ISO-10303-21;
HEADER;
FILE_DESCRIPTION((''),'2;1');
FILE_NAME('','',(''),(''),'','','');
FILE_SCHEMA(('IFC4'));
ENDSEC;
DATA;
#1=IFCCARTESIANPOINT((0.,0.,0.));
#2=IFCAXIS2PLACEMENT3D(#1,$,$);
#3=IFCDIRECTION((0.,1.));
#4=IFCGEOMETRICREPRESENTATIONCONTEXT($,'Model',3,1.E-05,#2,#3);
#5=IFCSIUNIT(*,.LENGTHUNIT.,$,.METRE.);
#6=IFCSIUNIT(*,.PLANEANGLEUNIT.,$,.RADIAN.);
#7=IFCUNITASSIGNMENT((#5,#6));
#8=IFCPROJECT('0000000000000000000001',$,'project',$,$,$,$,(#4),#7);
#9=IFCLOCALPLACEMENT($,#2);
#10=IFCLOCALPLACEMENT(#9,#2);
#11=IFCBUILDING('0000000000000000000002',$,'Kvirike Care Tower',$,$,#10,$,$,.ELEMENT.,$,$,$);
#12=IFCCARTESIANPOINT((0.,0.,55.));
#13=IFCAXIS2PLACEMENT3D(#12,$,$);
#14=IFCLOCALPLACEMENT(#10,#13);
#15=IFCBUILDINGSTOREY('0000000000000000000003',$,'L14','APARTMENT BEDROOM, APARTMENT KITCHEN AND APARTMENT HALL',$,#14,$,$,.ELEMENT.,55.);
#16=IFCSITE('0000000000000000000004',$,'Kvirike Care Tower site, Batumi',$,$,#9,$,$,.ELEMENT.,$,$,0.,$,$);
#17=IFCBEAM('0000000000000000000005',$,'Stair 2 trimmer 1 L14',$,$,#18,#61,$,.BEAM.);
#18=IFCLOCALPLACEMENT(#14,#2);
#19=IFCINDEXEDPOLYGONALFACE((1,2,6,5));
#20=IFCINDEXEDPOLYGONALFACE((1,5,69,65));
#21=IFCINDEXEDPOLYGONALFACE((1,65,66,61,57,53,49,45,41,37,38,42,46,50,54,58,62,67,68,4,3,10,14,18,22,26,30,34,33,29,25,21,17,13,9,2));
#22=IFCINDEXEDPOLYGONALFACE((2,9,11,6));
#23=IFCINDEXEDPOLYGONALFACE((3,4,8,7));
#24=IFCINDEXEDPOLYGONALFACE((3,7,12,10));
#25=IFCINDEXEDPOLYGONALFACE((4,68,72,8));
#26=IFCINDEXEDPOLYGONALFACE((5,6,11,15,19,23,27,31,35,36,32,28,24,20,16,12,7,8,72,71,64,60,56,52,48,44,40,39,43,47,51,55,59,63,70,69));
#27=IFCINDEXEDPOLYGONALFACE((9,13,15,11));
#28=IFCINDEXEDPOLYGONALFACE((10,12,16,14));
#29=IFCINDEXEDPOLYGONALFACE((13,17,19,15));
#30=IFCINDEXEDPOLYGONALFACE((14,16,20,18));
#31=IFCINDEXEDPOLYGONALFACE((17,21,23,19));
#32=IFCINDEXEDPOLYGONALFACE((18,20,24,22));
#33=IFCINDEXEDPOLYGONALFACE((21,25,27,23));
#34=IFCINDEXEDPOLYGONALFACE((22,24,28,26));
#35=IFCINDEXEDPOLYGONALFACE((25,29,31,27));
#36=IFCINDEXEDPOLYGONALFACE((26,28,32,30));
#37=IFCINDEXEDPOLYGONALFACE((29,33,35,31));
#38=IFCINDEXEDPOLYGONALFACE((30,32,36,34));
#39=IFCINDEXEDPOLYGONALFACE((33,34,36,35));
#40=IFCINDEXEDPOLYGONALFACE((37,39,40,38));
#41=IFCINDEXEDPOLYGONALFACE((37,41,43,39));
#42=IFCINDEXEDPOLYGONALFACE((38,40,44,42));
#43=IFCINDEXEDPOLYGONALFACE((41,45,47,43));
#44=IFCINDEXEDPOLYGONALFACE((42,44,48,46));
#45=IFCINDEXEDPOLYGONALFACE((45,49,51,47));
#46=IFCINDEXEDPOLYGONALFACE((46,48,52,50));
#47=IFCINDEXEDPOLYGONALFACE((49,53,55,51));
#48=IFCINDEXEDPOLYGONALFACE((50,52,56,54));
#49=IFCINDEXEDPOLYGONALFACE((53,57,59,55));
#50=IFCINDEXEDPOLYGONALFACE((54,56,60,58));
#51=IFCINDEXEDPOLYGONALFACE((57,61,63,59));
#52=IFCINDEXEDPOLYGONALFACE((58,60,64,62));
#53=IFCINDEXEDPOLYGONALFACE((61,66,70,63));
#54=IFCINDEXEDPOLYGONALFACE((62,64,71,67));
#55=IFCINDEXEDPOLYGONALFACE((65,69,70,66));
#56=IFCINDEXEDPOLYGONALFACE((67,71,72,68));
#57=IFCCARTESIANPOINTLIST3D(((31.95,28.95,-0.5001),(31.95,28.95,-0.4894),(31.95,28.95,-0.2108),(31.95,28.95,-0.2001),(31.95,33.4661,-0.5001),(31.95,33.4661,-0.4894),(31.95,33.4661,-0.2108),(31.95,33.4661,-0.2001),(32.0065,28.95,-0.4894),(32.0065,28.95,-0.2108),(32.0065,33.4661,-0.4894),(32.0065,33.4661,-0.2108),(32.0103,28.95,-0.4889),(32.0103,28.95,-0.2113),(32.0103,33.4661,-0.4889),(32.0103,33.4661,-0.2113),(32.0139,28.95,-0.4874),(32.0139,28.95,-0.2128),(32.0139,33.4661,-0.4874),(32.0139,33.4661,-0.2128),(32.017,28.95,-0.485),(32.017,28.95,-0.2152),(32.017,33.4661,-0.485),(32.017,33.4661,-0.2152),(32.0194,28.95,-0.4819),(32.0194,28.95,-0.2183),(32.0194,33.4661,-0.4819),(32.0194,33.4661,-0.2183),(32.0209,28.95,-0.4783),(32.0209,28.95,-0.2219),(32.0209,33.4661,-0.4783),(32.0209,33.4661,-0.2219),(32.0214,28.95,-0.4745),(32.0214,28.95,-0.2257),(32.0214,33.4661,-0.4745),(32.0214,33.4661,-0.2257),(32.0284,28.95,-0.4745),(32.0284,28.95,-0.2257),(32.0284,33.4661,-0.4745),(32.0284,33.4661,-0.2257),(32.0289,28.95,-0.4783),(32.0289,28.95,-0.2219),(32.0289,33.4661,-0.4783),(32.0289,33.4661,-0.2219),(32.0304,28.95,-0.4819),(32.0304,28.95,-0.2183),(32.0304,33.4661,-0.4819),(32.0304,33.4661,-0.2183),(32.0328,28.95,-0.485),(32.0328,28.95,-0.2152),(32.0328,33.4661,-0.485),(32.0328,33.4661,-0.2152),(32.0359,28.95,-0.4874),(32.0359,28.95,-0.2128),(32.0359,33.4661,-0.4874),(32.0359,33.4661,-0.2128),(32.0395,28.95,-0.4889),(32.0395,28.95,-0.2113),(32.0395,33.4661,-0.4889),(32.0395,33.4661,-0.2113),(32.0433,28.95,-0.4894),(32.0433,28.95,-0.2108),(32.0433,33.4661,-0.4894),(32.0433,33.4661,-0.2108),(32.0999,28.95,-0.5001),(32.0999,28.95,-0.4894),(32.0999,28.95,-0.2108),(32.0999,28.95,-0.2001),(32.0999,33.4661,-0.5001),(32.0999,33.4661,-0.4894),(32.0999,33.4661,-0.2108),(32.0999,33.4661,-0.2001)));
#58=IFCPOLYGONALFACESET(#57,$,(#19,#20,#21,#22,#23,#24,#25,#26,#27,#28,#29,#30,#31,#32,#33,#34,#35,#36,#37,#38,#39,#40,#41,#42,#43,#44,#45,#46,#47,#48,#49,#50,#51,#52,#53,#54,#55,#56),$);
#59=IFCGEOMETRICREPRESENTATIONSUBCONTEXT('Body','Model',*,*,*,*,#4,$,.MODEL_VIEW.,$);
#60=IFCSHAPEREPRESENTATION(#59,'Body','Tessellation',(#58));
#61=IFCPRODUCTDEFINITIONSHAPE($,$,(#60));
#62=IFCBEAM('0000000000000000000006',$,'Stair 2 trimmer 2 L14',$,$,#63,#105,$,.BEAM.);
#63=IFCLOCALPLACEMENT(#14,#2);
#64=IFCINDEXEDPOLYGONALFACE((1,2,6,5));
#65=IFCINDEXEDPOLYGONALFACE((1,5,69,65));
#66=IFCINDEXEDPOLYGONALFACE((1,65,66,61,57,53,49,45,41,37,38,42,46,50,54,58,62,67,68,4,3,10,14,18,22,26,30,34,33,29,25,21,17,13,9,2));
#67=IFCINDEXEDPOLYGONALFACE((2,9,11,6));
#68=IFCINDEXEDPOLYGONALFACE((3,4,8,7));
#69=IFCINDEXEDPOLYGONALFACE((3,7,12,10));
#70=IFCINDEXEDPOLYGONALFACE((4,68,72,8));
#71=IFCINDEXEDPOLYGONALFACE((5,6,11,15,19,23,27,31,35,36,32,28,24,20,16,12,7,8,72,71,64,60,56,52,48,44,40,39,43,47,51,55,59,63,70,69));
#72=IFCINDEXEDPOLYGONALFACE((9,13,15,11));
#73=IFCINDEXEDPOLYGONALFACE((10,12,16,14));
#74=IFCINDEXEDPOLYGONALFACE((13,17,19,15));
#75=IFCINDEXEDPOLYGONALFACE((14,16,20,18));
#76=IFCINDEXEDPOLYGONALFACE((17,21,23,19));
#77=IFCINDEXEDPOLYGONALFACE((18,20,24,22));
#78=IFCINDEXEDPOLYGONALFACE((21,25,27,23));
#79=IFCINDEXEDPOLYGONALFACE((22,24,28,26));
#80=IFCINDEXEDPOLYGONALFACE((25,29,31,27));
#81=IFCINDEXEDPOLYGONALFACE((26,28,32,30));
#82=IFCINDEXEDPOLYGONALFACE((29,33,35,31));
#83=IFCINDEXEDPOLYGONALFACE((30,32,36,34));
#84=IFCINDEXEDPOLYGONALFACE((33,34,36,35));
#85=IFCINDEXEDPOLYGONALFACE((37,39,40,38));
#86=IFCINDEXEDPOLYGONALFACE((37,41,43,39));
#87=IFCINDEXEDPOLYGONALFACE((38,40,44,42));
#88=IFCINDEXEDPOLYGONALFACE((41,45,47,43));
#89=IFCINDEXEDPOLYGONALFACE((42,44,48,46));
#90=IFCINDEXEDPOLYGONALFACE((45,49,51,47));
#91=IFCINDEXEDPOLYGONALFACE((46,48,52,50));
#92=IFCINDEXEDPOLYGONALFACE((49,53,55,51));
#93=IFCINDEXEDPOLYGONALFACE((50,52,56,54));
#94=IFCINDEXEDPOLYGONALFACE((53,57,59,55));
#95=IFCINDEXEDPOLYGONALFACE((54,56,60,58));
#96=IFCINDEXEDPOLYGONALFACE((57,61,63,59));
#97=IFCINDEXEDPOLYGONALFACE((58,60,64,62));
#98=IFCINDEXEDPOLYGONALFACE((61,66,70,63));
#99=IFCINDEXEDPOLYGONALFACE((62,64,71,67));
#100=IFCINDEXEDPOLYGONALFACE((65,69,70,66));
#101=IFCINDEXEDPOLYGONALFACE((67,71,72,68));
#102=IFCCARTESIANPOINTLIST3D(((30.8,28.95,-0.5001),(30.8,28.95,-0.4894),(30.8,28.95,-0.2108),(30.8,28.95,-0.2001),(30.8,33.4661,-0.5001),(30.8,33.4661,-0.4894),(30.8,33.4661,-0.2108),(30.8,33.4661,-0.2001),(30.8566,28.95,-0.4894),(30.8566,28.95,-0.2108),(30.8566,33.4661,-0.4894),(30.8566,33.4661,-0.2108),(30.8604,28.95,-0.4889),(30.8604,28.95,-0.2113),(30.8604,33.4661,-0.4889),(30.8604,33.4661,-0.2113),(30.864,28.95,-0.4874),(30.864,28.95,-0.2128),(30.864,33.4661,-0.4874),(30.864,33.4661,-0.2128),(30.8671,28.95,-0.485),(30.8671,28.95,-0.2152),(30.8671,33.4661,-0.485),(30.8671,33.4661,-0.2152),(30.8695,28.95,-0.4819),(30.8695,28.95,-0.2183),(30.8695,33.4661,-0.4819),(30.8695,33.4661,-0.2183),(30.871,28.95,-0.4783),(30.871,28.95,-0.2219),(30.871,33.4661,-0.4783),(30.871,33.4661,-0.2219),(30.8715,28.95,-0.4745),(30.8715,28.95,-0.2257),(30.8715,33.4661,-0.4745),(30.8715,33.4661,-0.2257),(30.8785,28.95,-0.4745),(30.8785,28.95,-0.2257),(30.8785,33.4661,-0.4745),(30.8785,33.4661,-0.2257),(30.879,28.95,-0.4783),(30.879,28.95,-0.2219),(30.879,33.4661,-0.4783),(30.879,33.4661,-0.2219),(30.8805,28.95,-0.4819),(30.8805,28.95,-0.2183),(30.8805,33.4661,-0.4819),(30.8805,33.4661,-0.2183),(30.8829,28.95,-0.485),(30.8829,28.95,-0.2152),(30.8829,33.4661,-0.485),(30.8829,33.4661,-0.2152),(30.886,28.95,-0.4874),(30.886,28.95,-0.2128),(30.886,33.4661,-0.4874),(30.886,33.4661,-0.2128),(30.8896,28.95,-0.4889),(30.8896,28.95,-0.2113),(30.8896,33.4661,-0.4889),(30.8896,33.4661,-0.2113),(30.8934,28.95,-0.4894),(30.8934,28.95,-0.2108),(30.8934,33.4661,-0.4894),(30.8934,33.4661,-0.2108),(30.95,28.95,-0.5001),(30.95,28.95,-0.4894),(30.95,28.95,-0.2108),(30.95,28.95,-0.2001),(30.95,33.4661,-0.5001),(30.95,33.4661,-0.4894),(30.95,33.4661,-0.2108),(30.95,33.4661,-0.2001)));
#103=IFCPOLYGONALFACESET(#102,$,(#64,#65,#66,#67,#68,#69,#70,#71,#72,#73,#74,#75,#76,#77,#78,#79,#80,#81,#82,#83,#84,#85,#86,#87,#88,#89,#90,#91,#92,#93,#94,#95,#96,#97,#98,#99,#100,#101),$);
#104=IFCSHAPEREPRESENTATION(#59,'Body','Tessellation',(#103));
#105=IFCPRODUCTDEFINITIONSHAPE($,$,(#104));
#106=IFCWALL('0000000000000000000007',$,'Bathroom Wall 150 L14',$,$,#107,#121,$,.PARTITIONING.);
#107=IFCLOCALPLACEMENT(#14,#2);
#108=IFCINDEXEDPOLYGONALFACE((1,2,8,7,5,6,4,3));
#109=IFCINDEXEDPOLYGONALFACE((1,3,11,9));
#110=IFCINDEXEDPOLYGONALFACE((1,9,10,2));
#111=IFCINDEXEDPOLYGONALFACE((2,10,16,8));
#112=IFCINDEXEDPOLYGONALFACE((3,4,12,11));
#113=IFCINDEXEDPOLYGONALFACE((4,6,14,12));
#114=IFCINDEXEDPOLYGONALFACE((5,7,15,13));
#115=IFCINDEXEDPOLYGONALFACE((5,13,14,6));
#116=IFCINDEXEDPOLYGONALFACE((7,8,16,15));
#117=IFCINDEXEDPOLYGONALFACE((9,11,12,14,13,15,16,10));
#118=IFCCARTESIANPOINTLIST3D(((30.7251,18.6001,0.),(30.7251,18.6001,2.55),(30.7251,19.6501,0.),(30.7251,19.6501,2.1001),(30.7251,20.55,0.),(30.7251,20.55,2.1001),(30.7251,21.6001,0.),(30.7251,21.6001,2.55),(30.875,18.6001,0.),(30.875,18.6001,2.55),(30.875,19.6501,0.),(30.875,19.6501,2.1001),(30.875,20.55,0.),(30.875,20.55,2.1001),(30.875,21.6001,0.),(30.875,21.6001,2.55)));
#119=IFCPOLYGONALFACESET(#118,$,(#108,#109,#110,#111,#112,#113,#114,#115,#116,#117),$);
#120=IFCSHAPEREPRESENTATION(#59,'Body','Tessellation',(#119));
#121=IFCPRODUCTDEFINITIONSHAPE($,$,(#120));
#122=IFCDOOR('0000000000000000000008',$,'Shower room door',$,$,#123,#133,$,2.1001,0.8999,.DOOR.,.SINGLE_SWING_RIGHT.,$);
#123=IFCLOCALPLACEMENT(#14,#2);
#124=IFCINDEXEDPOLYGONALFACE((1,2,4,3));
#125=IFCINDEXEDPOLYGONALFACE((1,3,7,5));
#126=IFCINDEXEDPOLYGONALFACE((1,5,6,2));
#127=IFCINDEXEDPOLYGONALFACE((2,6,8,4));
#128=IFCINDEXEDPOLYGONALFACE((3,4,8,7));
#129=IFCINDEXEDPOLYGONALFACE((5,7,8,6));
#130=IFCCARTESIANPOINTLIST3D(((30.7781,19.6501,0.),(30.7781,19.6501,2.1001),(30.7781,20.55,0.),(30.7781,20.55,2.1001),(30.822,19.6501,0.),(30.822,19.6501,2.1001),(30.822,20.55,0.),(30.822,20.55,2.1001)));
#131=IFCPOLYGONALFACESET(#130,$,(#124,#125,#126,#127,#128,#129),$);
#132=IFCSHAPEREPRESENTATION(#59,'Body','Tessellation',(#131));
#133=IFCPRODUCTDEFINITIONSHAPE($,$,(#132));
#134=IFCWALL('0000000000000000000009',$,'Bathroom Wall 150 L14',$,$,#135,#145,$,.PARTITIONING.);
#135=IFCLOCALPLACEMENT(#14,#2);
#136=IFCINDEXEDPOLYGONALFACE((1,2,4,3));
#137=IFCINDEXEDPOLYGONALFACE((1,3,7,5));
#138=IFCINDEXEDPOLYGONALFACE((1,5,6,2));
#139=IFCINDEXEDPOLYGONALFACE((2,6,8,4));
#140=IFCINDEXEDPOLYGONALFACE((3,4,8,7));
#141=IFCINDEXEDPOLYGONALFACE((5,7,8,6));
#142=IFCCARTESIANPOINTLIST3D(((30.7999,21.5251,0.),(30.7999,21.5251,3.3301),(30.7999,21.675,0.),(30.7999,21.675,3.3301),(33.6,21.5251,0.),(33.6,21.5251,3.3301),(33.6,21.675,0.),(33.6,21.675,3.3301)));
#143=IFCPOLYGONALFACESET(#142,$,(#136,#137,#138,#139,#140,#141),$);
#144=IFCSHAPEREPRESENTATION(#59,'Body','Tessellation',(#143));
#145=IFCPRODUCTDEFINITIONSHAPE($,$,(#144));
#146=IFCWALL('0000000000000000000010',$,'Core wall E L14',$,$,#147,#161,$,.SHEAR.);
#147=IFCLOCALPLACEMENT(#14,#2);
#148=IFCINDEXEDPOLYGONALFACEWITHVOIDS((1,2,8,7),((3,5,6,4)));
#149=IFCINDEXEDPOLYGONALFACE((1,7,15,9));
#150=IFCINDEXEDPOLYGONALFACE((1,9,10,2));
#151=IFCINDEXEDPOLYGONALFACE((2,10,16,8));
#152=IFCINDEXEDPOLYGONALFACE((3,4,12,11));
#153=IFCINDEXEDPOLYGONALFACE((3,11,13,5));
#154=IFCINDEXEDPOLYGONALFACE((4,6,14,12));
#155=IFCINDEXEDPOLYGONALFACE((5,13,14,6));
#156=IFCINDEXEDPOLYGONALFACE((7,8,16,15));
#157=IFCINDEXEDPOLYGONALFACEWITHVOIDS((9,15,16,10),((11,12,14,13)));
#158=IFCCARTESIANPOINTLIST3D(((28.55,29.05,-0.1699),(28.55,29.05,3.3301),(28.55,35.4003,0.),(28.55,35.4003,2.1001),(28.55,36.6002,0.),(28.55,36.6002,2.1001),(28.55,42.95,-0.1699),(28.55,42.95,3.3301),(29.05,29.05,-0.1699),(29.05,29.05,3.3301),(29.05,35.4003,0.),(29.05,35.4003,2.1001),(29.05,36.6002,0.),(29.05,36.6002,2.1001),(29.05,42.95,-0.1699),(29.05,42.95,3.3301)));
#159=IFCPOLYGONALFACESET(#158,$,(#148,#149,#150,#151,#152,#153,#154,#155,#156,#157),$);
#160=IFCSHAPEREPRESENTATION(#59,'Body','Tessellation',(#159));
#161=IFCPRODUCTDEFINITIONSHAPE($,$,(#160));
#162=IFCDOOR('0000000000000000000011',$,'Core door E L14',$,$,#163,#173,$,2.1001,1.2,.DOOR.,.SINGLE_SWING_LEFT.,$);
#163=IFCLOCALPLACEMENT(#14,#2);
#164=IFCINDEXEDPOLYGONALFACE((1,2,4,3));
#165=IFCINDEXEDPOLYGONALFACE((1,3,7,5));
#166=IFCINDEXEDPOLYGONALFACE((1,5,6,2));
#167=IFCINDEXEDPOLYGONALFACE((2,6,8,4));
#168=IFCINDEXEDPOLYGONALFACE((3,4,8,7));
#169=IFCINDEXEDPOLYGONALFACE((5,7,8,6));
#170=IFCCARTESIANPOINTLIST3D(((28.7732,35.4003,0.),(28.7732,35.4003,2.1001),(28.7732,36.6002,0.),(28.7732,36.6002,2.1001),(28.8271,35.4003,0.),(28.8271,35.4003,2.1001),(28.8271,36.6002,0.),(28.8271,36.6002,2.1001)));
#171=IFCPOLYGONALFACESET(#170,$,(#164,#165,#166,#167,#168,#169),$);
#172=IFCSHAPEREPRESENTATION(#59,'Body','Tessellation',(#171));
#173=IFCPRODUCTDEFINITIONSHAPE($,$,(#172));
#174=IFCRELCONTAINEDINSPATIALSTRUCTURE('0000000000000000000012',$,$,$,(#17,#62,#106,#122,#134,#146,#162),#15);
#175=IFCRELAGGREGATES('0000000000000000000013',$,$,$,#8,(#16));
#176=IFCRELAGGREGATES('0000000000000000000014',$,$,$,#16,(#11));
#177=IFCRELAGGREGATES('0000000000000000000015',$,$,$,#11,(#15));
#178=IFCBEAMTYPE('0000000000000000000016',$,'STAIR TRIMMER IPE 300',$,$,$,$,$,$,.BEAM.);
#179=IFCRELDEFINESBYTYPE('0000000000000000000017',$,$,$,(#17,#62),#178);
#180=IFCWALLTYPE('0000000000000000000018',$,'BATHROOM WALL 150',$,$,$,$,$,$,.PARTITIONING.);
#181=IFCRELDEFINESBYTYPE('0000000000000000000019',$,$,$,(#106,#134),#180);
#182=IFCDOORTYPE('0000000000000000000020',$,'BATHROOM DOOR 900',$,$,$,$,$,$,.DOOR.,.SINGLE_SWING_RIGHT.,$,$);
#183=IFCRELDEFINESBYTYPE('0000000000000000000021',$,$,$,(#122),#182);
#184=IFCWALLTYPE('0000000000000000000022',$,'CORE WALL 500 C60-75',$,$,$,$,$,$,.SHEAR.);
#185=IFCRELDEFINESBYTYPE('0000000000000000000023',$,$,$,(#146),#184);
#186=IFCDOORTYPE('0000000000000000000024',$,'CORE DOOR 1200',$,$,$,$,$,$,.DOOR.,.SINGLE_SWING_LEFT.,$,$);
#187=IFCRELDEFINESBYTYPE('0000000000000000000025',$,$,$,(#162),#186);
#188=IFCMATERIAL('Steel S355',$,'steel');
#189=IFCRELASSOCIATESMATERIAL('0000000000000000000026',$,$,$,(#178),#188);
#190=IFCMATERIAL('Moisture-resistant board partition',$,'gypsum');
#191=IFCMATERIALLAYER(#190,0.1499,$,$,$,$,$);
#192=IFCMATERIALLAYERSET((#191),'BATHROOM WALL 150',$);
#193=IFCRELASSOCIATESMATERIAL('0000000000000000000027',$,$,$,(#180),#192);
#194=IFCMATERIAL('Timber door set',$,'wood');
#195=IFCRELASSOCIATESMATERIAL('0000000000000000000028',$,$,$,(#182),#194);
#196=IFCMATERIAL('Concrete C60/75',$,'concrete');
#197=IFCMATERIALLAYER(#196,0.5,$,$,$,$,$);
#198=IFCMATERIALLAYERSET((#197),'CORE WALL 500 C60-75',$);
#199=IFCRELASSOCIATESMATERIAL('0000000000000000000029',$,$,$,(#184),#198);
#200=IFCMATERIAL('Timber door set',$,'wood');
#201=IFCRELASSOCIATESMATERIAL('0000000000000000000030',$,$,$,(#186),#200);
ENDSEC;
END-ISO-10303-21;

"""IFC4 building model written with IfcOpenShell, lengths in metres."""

from ifc_helpers import new_model, si_unit, direction, frame, frame_2d, origin, origin_2d, place, context, subcontext, project, spatial, rectangle, i_section, extrude, material, layer, layer_set, material_profile, profile_set, type_object, element, fill, save


model = new_model("IFC4")

# Units and contexts
model_context = context("Model", 3, precision=1e-05, world=origin(), true_north=direction((0.0, 1.0)))
body_context = subcontext(model_context, "Body", "Model", "MODEL_VIEW")
ifc_project = project(units=[si_unit("LENGTHUNIT", "METRE"), si_unit("PLANEANGLEUNIT", "RADIAN")], contexts=[model_context])

# Site, building, storey
site_placement = place(None, origin())
site = spatial("IfcSite", under=ifc_project, at=site_placement, Name="Kvirike Care Tower site, Batumi", CompositionType="ELEMENT", RefElevation=0.0)
building_placement = place(site_placement, origin())
building = spatial("IfcBuilding", under=site, at=building_placement, Name="Kvirike Care Tower", CompositionType="ELEMENT")
storey_placement = place(building_placement, frame((0.0, 0.0, 55.0)))
storey = spatial("IfcBuildingStorey", under=building, at=storey_placement, Name="L14", Description="APARTMENT BEDROOM, APARTMENT KITCHEN AND APARTMENT HALL", CompositionType="ELEMENT", Elevation=55.0)

# Beams
ifc_material_1 = material(Name="Steel S355", Category="steel")
ifc_material_profile_1 = material_profile(ifc_material_1, i_section(OverallWidth=0.1499, OverallDepth=0.3, WebThickness=0.0071, FlangeThickness=0.0107, FilletRadius=0.0149, at=origin_2d()), Name="IPE 300")
ifc_profile_set_1 = profile_set([ifc_material_profile_1], Name="Steel S355")
beam_type_1 = type_object("IfcBeamType", Name="STAIR TRIMMER IPE 300", PredefinedType="BEAM", material=ifc_profile_set_1)
for number, where, z_axis, x_axis, name in (
    (1, (32.0249, 28.95, -0.3501), (0.0, 1.0, 0.0), (-1.0, 0.0, 0.0), "Stair 2 trimmer 1 L14"),
    (2, (30.875, 28.95, -0.3501), (0.0, 1.0, 0.0), (-1.0, 0.0, 0.0), "Stair 2 trimmer 2 L14"),
):
    element("IfcBeam", number, at=place(storey_placement, frame(where, z_axis=z_axis, x_axis=x_axis)), inside=storey, type_object=beam_type_1, Name=name, PredefinedType="BEAM", context=body_context, shape_type="SweptSolid", body=[
        extrude(i_section(OverallWidth=0.1499, OverallDepth=0.3, WebThickness=0.0071, FlangeThickness=0.0107, FilletRadius=0.0149, at=origin_2d()), origin(), (0.0, 0.0, 1.0), 4.5161),
    ])

# Wall, opening, door
ifc_material_2 = material(Name="Moisture-resistant board partition", Category="gypsum")
ifc_layer_1 = layer(ifc_material_2, 0.1499)
ifc_layer_set_1 = layer_set([ifc_layer_1], Name="BATHROOM WALL 150")
wall_type_1 = type_object("IfcWallType", Name="BATHROOM WALL 150", PredefinedType="PARTITIONING", material=ifc_layer_set_1)
wall_1_placement = place(storey_placement, frame((30.8, 18.6001, 0.0), z_axis=(0.0, 0.0, 1.0), x_axis=(0.0, 1.0, 0.0)))
wall_1 = element("IfcWall", 3, at=wall_1_placement, inside=storey, type_object=wall_type_1, Name="Bathroom Wall 150 L14", PredefinedType="PARTITIONING", context=body_context, shape_type="SweptSolid", body=[
    extrude(rectangle(XDim=3.0, YDim=0.1499, at=frame_2d((1.5, 0.0))), origin(), (0.0, 0.0, 1.0), 2.55),
])
opening_1_placement = place(wall_1_placement, frame((1.05, 0.0, 0.0)))
opening_1 = element("IfcOpeningElement", 4, at=opening_1_placement, cuts=wall_1, PredefinedType="OPENING", context=body_context, shape_type="SweptSolid", body=[
    extrude(rectangle(XDim=0.8999, YDim=2.1001, at=frame_2d((0.45, 1.05))), frame((0.0, 0.0854, 0.0), z_axis=(0.0, -1.0, 0.0), x_axis=(1.0, 0.0, 0.0)), (0.0, 0.0, 1.0), 0.1709),
])
ifc_material_3 = material(Name="Timber door set", Category="wood")
door_type_1 = type_object("IfcDoorType", Name="BATHROOM DOOR 900", OperationType="SINGLE_SWING_RIGHT", PredefinedType="DOOR", material=ifc_material_3)
door_1_placement = place(opening_1_placement, frame((0.8999, 0.0, 0.0), z_axis=(0.0, 0.0, 1.0), x_axis=(-1.0, 0.0, 0.0)))
door_1 = element("IfcDoor", 5, at=door_1_placement, inside=storey, type_object=door_type_1, Name="Shower room door", OperationType="SINGLE_SWING_RIGHT", OverallHeight=2.1001, OverallWidth=0.8999, PredefinedType="DOOR", context=body_context, shape_type="SweptSolid", body=[
    extrude(rectangle(XDim=0.8999, YDim=2.1001, at=frame_2d((0.45, 1.05))), frame((0.0, 0.022, 0.0), z_axis=(0.0, -1.0, 0.0), x_axis=(1.0, 0.0, 0.0)), (0.0, 0.0, 1.0), 0.0439),
])
fill(opening_1, door_1)

# Wall
wall_2_placement = place(storey_placement, frame((30.8, 21.6001, 0.0), z_axis=(0.0, 0.0, 1.0), x_axis=(1.0, 0.0, 0.0)))
element("IfcWall", 6, at=wall_2_placement, inside=storey, type_object=wall_type_1, Name="Bathroom Wall 150 L14", PredefinedType="PARTITIONING", context=body_context, shape_type="SweptSolid", body=[
    extrude(rectangle(XDim=2.8, YDim=0.1499, at=frame_2d((1.3999, 0.0))), origin(), (0.0, 0.0, 1.0), 3.3301),
])

# Wall, opening, door
ifc_material_4 = material(Name="Concrete C60/75", Category="concrete")
ifc_layer_2 = layer(ifc_material_4, 0.5)
ifc_layer_set_2 = layer_set([ifc_layer_2], Name="CORE WALL 500 C60-75")
wall_type_2 = type_object("IfcWallType", Name="CORE WALL 500 C60-75", PredefinedType="SHEAR", material=ifc_layer_set_2)
wall_3_placement = place(storey_placement, frame((28.8, 29.05, -0.1699), z_axis=(0.0, 0.0, 1.0), x_axis=(0.0, 1.0, 0.0)))
wall_3 = element("IfcWall", 7, at=wall_3_placement, inside=storey, type_object=wall_type_2, Name="Core wall E L14", PredefinedType="SHEAR", context=body_context, shape_type="SweptSolid", body=[
    extrude(rectangle(XDim=13.8999, YDim=0.5, at=frame_2d((6.95, 0.0))), origin(), (0.0, 0.0, 1.0), 3.5),
])
opening_2_placement = place(wall_3_placement, frame((6.3501, 0.0, 0.1699)))
opening_2 = element("IfcOpeningElement", 8, at=opening_2_placement, cuts=wall_3, PredefinedType="OPENING", context=body_context, shape_type="SweptSolid", body=[
    extrude(rectangle(XDim=1.2, YDim=2.1001, at=frame_2d((0.6001, 1.05))), frame((0.0, 0.2605, 0.0), z_axis=(0.0, -1.0, 0.0), x_axis=(1.0, 0.0, 0.0)), (0.0, 0.0, 1.0), 0.521),
])
ifc_material_5 = material(Name="Timber door set", Category="wood")
door_type_2 = type_object("IfcDoorType", Name="CORE DOOR 1200", OperationType="SINGLE_SWING_LEFT", PredefinedType="DOOR", material=ifc_material_5)
door_2_placement = place(opening_2_placement, origin())
door_2 = element("IfcDoor", 9, at=door_2_placement, inside=storey, type_object=door_type_2, Name="Core door E L14", OperationType="SINGLE_SWING_LEFT", OverallHeight=2.1001, OverallWidth=1.2, PredefinedType="DOOR", context=body_context, shape_type="SweptSolid", body=[
    extrude(rectangle(XDim=1.2, YDim=2.1001, at=frame_2d((0.6001, 1.05))), frame((0.0, 0.0269, 0.0), z_axis=(0.0, -1.0, 0.0), x_axis=(1.0, 0.0, 0.0)), (0.0, 0.0, 1.0), 0.054),
])
fill(opening_2, door_2)

save(model, "model.ifc")
